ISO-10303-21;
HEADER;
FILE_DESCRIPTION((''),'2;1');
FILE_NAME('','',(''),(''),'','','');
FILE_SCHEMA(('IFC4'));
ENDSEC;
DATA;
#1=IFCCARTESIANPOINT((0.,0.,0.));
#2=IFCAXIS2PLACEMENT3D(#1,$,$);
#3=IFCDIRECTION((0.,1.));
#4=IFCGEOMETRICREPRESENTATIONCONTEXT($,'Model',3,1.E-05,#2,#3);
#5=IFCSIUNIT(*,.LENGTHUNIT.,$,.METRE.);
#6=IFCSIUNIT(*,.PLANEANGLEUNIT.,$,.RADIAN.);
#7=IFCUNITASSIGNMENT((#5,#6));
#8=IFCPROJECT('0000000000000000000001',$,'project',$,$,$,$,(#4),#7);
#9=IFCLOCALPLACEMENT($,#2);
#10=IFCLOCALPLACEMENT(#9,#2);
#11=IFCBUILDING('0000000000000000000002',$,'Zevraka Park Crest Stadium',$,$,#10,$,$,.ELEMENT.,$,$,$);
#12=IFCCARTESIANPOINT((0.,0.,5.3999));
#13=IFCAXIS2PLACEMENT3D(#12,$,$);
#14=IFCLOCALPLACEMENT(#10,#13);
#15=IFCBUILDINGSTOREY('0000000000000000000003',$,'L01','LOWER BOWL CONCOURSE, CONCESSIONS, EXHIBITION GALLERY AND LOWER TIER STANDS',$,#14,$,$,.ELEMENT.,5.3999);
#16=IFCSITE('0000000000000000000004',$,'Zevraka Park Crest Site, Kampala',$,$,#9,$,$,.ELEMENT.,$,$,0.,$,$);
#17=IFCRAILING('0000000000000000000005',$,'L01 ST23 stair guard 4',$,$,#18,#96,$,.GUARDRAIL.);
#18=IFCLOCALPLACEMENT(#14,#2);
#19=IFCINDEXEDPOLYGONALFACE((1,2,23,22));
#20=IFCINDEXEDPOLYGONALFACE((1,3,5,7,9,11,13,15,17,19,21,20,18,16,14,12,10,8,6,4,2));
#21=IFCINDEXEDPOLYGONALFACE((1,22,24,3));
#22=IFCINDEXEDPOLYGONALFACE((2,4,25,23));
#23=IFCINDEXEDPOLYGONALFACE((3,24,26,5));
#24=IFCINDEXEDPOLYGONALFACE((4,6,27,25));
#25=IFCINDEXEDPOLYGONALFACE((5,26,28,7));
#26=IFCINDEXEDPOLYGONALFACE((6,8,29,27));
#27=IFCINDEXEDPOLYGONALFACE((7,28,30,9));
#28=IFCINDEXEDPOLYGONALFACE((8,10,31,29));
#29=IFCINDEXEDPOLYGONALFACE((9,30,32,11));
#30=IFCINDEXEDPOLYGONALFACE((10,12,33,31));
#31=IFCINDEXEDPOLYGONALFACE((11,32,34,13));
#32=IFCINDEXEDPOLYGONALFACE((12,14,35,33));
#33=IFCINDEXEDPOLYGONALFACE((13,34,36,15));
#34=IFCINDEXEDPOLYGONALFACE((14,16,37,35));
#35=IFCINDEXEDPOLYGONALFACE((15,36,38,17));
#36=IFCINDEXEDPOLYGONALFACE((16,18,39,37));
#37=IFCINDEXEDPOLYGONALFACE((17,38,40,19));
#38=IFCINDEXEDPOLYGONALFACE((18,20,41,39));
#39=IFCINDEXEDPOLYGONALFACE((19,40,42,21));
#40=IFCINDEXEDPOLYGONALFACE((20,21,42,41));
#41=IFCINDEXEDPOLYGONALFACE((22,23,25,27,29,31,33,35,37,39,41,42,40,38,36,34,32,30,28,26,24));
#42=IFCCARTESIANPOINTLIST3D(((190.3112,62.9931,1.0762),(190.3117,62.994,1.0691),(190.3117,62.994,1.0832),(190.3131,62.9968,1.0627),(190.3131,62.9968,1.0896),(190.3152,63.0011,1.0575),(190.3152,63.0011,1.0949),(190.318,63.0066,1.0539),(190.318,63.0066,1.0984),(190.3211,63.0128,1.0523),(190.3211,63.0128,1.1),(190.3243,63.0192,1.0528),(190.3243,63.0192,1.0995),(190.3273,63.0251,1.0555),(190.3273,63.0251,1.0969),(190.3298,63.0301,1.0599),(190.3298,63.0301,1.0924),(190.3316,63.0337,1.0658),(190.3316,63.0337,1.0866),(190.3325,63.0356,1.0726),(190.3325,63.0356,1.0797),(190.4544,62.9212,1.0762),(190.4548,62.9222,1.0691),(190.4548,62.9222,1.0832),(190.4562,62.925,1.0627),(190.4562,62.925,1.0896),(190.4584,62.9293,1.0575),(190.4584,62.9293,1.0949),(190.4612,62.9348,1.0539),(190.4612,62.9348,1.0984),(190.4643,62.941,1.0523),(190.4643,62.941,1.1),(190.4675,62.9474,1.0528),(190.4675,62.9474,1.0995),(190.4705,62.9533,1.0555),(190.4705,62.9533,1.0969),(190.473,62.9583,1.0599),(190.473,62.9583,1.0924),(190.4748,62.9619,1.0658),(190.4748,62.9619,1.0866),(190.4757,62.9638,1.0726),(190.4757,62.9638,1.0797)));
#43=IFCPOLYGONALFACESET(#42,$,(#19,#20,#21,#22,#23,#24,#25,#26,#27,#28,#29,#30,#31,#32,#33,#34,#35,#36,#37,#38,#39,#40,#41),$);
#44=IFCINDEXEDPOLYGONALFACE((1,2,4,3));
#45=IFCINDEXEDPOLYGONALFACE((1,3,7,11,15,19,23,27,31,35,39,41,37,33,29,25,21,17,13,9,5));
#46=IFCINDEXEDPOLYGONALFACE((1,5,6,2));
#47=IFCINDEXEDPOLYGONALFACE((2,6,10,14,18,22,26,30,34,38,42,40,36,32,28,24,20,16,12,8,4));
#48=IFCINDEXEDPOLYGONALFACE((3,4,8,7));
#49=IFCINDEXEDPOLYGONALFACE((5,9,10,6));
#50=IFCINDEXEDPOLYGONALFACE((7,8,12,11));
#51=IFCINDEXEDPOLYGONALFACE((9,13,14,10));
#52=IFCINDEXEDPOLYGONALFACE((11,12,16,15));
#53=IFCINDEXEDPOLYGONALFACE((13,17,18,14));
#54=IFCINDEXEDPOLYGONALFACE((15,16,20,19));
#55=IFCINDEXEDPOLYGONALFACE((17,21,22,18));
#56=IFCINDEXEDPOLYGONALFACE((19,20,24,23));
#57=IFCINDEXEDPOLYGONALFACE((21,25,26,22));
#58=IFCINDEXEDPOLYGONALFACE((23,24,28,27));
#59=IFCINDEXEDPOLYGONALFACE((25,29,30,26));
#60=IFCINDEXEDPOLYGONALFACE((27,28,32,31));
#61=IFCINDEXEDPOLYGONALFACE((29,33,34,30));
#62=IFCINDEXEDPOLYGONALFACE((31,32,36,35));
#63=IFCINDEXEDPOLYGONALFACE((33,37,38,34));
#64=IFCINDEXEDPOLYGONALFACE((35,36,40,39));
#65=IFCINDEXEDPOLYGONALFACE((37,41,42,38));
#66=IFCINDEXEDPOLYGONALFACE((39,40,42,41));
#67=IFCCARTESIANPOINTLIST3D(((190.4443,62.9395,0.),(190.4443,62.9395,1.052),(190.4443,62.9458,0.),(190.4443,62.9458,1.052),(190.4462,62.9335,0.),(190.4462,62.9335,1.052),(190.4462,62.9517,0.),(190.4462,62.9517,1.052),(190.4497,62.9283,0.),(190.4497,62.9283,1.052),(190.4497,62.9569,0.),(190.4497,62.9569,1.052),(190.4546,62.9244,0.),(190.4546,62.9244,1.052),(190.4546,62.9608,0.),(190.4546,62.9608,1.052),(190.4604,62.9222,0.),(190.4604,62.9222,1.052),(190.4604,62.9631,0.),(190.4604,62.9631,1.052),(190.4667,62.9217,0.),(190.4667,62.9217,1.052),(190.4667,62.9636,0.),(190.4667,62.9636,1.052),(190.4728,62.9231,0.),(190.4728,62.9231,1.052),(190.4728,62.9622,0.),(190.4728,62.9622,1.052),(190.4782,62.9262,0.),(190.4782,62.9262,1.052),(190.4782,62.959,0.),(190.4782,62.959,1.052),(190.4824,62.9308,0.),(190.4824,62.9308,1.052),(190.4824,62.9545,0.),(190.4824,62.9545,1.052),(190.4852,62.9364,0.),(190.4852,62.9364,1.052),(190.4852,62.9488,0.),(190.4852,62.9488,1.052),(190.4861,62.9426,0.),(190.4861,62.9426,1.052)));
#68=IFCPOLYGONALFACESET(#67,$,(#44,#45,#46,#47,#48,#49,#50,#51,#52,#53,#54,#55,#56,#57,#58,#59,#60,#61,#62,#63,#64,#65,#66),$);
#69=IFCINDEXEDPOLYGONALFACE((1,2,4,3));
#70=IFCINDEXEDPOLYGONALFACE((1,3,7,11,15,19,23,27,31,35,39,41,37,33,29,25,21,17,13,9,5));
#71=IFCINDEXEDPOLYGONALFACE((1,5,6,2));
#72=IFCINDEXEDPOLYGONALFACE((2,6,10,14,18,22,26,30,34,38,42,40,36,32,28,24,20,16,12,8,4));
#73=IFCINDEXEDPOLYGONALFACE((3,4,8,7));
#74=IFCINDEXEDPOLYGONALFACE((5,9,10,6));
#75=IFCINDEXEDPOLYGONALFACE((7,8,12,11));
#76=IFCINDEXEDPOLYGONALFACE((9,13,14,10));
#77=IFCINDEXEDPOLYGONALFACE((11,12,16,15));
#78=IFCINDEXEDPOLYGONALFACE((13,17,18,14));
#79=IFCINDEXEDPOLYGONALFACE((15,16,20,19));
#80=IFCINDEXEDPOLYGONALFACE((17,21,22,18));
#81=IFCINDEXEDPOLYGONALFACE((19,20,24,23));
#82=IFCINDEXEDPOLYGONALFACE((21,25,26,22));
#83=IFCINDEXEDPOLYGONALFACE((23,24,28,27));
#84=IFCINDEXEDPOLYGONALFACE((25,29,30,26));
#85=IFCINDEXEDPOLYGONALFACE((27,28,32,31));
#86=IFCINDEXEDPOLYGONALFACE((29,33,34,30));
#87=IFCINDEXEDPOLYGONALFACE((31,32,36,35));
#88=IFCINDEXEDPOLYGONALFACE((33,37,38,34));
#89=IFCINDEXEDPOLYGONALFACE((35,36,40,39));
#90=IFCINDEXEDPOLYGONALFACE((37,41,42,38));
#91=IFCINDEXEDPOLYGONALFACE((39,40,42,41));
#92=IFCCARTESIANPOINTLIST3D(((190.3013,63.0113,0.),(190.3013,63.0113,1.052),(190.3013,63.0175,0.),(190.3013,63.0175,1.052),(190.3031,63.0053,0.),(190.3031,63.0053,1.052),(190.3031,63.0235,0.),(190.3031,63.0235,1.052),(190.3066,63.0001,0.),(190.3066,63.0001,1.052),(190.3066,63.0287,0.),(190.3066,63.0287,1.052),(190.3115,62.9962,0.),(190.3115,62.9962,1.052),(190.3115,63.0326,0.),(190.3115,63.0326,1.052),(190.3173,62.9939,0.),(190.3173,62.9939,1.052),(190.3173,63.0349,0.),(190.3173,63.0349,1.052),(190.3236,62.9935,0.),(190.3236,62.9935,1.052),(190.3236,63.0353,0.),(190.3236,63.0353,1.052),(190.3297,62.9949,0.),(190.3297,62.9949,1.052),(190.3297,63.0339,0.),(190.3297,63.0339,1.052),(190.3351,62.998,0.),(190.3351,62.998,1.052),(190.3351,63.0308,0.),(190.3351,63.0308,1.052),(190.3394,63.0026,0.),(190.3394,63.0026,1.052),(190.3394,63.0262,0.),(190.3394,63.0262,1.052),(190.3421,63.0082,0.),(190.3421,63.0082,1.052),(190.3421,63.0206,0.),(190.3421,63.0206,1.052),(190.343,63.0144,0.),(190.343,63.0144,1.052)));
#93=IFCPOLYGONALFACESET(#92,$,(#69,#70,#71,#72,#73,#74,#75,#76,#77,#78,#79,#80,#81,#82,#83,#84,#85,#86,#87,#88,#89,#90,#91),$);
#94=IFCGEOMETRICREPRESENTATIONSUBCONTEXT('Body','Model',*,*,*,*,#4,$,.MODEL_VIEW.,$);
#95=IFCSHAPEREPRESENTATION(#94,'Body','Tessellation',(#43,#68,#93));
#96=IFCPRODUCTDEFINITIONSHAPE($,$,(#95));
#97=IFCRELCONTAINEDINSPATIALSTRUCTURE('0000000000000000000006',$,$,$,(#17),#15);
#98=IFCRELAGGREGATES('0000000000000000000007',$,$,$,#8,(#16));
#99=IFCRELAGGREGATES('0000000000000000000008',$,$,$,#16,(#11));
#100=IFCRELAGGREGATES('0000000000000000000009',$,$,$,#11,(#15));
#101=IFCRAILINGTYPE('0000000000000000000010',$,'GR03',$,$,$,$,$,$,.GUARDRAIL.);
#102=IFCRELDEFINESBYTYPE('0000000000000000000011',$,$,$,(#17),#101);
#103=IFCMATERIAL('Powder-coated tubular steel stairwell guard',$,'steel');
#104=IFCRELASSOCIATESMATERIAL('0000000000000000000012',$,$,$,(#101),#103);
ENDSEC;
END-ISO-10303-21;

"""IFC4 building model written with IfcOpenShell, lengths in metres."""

from ifc_helpers import new_model, si_unit, direction, frame, origin, origin_2d, place, context, subcontext, project, spatial, circle, extrude, material, type_object, element, save


model = new_model("IFC4")

# Units and contexts
model_context = context("Model", 3, precision=1e-05, world=origin(), true_north=direction((0.0, 1.0)))
body_context = subcontext(model_context, "Body", "Model", "MODEL_VIEW")
ifc_project = project(units=[si_unit("LENGTHUNIT", "METRE"), si_unit("PLANEANGLEUNIT", "RADIAN")], contexts=[model_context])

# Site, building, storey
site_placement = place(None, origin())
site = spatial("IfcSite", under=ifc_project, at=site_placement, Name="Zevraka Park Crest Site, Kampala", CompositionType="ELEMENT", RefElevation=0.0)
building_placement = place(site_placement, origin())
building = spatial("IfcBuilding", under=site, at=building_placement, Name="Zevraka Park Crest Stadium", CompositionType="ELEMENT")
storey_placement = place(building_placement, frame((0.0, 0.0, 5.3999)))
storey = spatial("IfcBuildingStorey", under=building, at=storey_placement, Name="L01", Description="LOWER BOWL CONCOURSE, CONCESSIONS, EXHIBITION GALLERY AND LOWER TIER STANDS", CompositionType="ELEMENT", Elevation=5.3999)

# Railing
ifc_material_1 = material(Name="Powder-coated tubular steel stairwell guard", Category="steel")
railing_type_1 = type_object("IfcRailingType", Name="GR03", PredefinedType="GUARDRAIL", material=ifc_material_1)
railing_1_placement = place(storey_placement, frame((190.4651, 62.9426, 0.0)))
element("IfcRailing", 1, at=railing_1_placement, inside=storey, type_object=railing_type_1, Name="L01 ST23 stair guard 4", PredefinedType="GUARDRAIL", context=body_context, shape_type="SweptSolid", body=[
    extrude(circle(Radius=0.0239, at=origin_2d()), frame((0.0, 0.0, 1.0762), z_axis=(-0.893816, 0.448433, 0.0), x_axis=(-0.448433, -0.893816, 0.0)), (0.0, 0.0, 1.0), 0.1602),
    extrude(circle(Radius=0.021, at=origin_2d()), origin(), (0.0, 0.0, 1.0), 1.052),
    extrude(circle(Radius=0.021, at=origin_2d()), frame((-0.1431, 0.0718, 0.0)), (0.0, 0.0, 1.0), 1.052),
])

save(model, "model.ifc")
